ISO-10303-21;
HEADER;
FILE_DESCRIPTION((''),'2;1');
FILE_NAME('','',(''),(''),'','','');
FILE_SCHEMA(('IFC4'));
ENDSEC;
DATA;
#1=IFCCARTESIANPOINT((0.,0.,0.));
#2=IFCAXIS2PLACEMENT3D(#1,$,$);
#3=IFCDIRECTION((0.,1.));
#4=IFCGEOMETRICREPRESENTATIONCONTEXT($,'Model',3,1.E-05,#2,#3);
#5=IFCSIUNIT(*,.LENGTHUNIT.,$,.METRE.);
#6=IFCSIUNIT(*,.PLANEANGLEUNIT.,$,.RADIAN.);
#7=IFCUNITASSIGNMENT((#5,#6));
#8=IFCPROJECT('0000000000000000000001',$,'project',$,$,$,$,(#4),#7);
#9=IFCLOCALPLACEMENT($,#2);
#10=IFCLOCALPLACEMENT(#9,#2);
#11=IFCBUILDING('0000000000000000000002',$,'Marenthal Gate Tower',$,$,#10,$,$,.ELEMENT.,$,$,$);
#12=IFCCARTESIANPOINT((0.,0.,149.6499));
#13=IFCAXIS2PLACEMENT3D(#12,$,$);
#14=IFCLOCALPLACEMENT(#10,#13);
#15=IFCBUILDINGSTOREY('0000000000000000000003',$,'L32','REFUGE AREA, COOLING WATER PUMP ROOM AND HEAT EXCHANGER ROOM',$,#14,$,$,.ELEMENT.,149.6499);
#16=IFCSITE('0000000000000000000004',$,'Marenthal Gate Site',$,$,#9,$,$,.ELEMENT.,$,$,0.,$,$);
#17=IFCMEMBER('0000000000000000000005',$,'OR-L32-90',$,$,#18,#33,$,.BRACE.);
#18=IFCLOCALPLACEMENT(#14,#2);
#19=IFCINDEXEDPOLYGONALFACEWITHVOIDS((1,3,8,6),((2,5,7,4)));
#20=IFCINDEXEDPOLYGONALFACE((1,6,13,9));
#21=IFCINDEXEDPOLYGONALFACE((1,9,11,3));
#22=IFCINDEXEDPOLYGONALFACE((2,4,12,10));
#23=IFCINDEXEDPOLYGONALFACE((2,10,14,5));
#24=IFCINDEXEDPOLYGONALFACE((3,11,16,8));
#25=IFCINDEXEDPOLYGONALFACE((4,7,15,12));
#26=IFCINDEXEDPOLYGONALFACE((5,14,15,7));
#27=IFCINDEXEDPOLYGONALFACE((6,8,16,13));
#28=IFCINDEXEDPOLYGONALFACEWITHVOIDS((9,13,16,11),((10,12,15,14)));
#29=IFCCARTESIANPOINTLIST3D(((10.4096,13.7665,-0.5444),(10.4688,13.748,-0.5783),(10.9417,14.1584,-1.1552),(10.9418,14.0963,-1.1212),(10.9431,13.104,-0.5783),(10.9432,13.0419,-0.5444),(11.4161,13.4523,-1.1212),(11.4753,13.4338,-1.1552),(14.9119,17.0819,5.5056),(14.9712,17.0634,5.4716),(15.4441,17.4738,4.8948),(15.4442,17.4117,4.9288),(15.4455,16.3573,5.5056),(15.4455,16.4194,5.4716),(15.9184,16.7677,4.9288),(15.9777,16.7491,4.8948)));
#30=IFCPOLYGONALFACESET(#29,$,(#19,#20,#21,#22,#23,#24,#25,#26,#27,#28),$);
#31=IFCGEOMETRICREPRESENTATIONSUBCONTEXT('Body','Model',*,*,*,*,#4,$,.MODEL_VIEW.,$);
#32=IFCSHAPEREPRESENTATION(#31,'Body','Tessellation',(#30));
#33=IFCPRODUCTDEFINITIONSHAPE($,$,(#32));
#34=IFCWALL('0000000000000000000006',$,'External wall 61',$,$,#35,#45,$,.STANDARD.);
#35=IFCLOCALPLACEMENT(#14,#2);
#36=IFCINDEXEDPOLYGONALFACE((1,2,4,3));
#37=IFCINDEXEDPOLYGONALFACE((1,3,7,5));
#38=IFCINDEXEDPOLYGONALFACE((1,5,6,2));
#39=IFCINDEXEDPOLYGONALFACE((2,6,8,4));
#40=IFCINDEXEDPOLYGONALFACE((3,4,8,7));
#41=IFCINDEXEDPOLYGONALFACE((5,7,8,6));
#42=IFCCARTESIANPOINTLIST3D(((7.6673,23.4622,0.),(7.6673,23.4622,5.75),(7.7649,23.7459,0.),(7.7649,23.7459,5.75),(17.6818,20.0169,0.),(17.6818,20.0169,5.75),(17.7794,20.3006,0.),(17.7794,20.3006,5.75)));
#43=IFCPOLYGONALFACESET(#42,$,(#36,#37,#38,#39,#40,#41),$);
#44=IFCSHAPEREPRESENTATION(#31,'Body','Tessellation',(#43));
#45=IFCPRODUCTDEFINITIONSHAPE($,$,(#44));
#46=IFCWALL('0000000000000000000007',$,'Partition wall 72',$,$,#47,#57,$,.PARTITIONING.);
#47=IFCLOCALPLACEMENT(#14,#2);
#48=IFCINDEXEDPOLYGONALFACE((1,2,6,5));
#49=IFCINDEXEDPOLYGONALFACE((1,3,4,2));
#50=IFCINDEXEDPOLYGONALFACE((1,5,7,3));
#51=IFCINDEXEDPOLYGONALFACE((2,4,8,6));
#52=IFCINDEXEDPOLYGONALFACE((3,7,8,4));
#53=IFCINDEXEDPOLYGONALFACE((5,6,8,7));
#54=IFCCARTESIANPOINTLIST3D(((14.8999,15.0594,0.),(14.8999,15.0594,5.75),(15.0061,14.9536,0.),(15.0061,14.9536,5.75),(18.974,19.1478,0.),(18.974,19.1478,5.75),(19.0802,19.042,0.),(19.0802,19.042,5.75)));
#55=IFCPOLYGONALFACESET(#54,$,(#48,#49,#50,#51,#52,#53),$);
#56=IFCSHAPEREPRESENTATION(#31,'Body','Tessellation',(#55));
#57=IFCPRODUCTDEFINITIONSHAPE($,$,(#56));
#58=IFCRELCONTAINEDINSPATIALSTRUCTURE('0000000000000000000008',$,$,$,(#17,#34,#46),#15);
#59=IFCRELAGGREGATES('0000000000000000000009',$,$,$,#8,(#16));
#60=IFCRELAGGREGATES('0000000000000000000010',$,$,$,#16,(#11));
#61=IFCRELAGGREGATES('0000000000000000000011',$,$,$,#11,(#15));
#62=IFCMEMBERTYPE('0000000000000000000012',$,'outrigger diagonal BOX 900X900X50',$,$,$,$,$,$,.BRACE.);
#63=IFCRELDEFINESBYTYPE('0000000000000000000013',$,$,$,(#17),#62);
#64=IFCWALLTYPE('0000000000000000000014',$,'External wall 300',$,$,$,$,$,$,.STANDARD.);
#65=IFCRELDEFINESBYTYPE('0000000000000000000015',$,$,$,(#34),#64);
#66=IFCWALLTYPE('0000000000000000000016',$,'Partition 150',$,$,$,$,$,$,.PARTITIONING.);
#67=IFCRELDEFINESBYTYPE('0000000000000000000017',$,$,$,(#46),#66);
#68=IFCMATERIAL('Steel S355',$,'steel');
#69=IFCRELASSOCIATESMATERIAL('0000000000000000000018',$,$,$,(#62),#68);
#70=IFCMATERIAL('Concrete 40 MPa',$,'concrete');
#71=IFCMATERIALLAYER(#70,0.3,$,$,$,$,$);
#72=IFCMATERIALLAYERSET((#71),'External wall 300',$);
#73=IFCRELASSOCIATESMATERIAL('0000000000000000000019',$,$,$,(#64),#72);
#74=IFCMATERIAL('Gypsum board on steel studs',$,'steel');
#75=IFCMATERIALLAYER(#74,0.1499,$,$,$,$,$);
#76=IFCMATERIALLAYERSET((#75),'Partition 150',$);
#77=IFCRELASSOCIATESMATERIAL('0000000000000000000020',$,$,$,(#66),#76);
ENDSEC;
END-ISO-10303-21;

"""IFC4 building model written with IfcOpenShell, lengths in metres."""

from ifc_helpers import new_model, si_unit, direction, frame, frame_2d, origin, origin_2d, place, context, subcontext, project, spatial, rectangle, hollow_rectangle, extrude, material, layer, layer_set, material_profile, profile_set, type_object, element, save


model = new_model("IFC4")

# Units and contexts
model_context = context("Model", 3, precision=1e-05, world=origin(), true_north=direction((0.0, 1.0)))
body_context = subcontext(model_context, "Body", "Model", "MODEL_VIEW")
ifc_project = project(units=[si_unit("LENGTHUNIT", "METRE"), si_unit("PLANEANGLEUNIT", "RADIAN")], contexts=[model_context])

# Site, building, storey
site_placement = place(None, origin())
site = spatial("IfcSite", under=ifc_project, at=site_placement, Name="Marenthal Gate Site", CompositionType="ELEMENT", RefElevation=0.0)
building_placement = place(site_placement, origin())
building = spatial("IfcBuilding", under=site, at=building_placement, Name="Marenthal Gate Tower", CompositionType="ELEMENT")
storey_placement = place(building_placement, frame((0.0, 0.0, 149.6499)))
storey = spatial("IfcBuildingStorey", under=building, at=storey_placement, Name="L32", Description="REFUGE AREA, COOLING WATER PUMP ROOM AND HEAT EXCHANGER ROOM", CompositionType="ELEMENT", Elevation=149.6499)

# Member
ifc_material_1 = material(Name="Steel S355", Category="steel")
ifc_material_profile_1 = material_profile(ifc_material_1, hollow_rectangle(XDim=0.8999, YDim=0.8999, WallThickness=0.05, at=origin_2d()), Name="BOX 900X900X50")
ifc_profile_set_1 = profile_set([ifc_material_profile_1], Name="Steel S355")
member_type_1 = type_object("IfcMemberType", Name="outrigger diagonal BOX 900X900X50", PredefinedType="BRACE", material=ifc_profile_set_1)
member_1_placement = place(storey_placement, frame((15.4448, 16.9155, 5.2002), z_axis=(-0.546535, -0.402448, -0.734394), x_axis=(0.592949, -0.80524, 0.0)))
element("IfcMember", 1, at=member_1_placement, inside=storey, type_object=member_type_1, Name="OR-L32-90", PredefinedType="BRACE", context=body_context, shape_type="SweptSolid", body=[
    extrude(hollow_rectangle(XDim=0.8999, YDim=0.8999, WallThickness=0.05, at=origin_2d()), origin(), (0.0, 0.0, 1.0), 8.238),
])

# Walls
ifc_material_2 = material(Name="Concrete 40 MPa", Category="concrete")
ifc_layer_1 = layer(ifc_material_2, 0.3)
ifc_layer_set_1 = layer_set([ifc_layer_1], Name="External wall 300")
wall_type_1 = type_object("IfcWallType", Name="External wall 300", PredefinedType="STANDARD", material=ifc_layer_set_1)
wall_1_placement = place(storey_placement, frame((17.7307, 20.1587, 0.0), z_axis=(0.0, 0.0, 1.0), x_axis=(-0.945604, 0.325321, 0.0)))
element("IfcWall", 2, at=wall_1_placement, inside=storey, type_object=wall_type_1, Name="External wall 61", PredefinedType="STANDARD", context=body_context, shape_type="SweptSolid", body=[
    extrude(rectangle(XDim=10.5906, YDim=0.3, at=frame_2d((5.2954, 0.0))), origin(), (0.0, 0.0, 1.0), 5.75),
])
ifc_material_3 = material(Name="Gypsum board on steel studs", Category="steel")
ifc_layer_2 = layer(ifc_material_3, 0.1499)
ifc_layer_set_2 = layer_set([ifc_layer_2], Name="Partition 150")
wall_type_2 = type_object("IfcWallType", Name="Partition 150", PredefinedType="PARTITIONING", material=ifc_layer_set_2)
wall_2_placement = place(storey_placement, frame((14.9531, 15.0066, 0.0), z_axis=(0.0, 0.0, 1.0), x_axis=(0.705858, 0.708354, 0.0)))
element("IfcWall", 3, at=wall_2_placement, inside=storey, type_object=wall_type_2, Name="Partition wall 72", PredefinedType="PARTITIONING", context=body_context, shape_type="SweptSolid", body=[
    extrude(rectangle(XDim=5.7717, YDim=0.1499, at=frame_2d((2.8857, 0.0))), origin(), (0.0, 0.0, 1.0), 5.75),
])

save(model, "model.ifc")
